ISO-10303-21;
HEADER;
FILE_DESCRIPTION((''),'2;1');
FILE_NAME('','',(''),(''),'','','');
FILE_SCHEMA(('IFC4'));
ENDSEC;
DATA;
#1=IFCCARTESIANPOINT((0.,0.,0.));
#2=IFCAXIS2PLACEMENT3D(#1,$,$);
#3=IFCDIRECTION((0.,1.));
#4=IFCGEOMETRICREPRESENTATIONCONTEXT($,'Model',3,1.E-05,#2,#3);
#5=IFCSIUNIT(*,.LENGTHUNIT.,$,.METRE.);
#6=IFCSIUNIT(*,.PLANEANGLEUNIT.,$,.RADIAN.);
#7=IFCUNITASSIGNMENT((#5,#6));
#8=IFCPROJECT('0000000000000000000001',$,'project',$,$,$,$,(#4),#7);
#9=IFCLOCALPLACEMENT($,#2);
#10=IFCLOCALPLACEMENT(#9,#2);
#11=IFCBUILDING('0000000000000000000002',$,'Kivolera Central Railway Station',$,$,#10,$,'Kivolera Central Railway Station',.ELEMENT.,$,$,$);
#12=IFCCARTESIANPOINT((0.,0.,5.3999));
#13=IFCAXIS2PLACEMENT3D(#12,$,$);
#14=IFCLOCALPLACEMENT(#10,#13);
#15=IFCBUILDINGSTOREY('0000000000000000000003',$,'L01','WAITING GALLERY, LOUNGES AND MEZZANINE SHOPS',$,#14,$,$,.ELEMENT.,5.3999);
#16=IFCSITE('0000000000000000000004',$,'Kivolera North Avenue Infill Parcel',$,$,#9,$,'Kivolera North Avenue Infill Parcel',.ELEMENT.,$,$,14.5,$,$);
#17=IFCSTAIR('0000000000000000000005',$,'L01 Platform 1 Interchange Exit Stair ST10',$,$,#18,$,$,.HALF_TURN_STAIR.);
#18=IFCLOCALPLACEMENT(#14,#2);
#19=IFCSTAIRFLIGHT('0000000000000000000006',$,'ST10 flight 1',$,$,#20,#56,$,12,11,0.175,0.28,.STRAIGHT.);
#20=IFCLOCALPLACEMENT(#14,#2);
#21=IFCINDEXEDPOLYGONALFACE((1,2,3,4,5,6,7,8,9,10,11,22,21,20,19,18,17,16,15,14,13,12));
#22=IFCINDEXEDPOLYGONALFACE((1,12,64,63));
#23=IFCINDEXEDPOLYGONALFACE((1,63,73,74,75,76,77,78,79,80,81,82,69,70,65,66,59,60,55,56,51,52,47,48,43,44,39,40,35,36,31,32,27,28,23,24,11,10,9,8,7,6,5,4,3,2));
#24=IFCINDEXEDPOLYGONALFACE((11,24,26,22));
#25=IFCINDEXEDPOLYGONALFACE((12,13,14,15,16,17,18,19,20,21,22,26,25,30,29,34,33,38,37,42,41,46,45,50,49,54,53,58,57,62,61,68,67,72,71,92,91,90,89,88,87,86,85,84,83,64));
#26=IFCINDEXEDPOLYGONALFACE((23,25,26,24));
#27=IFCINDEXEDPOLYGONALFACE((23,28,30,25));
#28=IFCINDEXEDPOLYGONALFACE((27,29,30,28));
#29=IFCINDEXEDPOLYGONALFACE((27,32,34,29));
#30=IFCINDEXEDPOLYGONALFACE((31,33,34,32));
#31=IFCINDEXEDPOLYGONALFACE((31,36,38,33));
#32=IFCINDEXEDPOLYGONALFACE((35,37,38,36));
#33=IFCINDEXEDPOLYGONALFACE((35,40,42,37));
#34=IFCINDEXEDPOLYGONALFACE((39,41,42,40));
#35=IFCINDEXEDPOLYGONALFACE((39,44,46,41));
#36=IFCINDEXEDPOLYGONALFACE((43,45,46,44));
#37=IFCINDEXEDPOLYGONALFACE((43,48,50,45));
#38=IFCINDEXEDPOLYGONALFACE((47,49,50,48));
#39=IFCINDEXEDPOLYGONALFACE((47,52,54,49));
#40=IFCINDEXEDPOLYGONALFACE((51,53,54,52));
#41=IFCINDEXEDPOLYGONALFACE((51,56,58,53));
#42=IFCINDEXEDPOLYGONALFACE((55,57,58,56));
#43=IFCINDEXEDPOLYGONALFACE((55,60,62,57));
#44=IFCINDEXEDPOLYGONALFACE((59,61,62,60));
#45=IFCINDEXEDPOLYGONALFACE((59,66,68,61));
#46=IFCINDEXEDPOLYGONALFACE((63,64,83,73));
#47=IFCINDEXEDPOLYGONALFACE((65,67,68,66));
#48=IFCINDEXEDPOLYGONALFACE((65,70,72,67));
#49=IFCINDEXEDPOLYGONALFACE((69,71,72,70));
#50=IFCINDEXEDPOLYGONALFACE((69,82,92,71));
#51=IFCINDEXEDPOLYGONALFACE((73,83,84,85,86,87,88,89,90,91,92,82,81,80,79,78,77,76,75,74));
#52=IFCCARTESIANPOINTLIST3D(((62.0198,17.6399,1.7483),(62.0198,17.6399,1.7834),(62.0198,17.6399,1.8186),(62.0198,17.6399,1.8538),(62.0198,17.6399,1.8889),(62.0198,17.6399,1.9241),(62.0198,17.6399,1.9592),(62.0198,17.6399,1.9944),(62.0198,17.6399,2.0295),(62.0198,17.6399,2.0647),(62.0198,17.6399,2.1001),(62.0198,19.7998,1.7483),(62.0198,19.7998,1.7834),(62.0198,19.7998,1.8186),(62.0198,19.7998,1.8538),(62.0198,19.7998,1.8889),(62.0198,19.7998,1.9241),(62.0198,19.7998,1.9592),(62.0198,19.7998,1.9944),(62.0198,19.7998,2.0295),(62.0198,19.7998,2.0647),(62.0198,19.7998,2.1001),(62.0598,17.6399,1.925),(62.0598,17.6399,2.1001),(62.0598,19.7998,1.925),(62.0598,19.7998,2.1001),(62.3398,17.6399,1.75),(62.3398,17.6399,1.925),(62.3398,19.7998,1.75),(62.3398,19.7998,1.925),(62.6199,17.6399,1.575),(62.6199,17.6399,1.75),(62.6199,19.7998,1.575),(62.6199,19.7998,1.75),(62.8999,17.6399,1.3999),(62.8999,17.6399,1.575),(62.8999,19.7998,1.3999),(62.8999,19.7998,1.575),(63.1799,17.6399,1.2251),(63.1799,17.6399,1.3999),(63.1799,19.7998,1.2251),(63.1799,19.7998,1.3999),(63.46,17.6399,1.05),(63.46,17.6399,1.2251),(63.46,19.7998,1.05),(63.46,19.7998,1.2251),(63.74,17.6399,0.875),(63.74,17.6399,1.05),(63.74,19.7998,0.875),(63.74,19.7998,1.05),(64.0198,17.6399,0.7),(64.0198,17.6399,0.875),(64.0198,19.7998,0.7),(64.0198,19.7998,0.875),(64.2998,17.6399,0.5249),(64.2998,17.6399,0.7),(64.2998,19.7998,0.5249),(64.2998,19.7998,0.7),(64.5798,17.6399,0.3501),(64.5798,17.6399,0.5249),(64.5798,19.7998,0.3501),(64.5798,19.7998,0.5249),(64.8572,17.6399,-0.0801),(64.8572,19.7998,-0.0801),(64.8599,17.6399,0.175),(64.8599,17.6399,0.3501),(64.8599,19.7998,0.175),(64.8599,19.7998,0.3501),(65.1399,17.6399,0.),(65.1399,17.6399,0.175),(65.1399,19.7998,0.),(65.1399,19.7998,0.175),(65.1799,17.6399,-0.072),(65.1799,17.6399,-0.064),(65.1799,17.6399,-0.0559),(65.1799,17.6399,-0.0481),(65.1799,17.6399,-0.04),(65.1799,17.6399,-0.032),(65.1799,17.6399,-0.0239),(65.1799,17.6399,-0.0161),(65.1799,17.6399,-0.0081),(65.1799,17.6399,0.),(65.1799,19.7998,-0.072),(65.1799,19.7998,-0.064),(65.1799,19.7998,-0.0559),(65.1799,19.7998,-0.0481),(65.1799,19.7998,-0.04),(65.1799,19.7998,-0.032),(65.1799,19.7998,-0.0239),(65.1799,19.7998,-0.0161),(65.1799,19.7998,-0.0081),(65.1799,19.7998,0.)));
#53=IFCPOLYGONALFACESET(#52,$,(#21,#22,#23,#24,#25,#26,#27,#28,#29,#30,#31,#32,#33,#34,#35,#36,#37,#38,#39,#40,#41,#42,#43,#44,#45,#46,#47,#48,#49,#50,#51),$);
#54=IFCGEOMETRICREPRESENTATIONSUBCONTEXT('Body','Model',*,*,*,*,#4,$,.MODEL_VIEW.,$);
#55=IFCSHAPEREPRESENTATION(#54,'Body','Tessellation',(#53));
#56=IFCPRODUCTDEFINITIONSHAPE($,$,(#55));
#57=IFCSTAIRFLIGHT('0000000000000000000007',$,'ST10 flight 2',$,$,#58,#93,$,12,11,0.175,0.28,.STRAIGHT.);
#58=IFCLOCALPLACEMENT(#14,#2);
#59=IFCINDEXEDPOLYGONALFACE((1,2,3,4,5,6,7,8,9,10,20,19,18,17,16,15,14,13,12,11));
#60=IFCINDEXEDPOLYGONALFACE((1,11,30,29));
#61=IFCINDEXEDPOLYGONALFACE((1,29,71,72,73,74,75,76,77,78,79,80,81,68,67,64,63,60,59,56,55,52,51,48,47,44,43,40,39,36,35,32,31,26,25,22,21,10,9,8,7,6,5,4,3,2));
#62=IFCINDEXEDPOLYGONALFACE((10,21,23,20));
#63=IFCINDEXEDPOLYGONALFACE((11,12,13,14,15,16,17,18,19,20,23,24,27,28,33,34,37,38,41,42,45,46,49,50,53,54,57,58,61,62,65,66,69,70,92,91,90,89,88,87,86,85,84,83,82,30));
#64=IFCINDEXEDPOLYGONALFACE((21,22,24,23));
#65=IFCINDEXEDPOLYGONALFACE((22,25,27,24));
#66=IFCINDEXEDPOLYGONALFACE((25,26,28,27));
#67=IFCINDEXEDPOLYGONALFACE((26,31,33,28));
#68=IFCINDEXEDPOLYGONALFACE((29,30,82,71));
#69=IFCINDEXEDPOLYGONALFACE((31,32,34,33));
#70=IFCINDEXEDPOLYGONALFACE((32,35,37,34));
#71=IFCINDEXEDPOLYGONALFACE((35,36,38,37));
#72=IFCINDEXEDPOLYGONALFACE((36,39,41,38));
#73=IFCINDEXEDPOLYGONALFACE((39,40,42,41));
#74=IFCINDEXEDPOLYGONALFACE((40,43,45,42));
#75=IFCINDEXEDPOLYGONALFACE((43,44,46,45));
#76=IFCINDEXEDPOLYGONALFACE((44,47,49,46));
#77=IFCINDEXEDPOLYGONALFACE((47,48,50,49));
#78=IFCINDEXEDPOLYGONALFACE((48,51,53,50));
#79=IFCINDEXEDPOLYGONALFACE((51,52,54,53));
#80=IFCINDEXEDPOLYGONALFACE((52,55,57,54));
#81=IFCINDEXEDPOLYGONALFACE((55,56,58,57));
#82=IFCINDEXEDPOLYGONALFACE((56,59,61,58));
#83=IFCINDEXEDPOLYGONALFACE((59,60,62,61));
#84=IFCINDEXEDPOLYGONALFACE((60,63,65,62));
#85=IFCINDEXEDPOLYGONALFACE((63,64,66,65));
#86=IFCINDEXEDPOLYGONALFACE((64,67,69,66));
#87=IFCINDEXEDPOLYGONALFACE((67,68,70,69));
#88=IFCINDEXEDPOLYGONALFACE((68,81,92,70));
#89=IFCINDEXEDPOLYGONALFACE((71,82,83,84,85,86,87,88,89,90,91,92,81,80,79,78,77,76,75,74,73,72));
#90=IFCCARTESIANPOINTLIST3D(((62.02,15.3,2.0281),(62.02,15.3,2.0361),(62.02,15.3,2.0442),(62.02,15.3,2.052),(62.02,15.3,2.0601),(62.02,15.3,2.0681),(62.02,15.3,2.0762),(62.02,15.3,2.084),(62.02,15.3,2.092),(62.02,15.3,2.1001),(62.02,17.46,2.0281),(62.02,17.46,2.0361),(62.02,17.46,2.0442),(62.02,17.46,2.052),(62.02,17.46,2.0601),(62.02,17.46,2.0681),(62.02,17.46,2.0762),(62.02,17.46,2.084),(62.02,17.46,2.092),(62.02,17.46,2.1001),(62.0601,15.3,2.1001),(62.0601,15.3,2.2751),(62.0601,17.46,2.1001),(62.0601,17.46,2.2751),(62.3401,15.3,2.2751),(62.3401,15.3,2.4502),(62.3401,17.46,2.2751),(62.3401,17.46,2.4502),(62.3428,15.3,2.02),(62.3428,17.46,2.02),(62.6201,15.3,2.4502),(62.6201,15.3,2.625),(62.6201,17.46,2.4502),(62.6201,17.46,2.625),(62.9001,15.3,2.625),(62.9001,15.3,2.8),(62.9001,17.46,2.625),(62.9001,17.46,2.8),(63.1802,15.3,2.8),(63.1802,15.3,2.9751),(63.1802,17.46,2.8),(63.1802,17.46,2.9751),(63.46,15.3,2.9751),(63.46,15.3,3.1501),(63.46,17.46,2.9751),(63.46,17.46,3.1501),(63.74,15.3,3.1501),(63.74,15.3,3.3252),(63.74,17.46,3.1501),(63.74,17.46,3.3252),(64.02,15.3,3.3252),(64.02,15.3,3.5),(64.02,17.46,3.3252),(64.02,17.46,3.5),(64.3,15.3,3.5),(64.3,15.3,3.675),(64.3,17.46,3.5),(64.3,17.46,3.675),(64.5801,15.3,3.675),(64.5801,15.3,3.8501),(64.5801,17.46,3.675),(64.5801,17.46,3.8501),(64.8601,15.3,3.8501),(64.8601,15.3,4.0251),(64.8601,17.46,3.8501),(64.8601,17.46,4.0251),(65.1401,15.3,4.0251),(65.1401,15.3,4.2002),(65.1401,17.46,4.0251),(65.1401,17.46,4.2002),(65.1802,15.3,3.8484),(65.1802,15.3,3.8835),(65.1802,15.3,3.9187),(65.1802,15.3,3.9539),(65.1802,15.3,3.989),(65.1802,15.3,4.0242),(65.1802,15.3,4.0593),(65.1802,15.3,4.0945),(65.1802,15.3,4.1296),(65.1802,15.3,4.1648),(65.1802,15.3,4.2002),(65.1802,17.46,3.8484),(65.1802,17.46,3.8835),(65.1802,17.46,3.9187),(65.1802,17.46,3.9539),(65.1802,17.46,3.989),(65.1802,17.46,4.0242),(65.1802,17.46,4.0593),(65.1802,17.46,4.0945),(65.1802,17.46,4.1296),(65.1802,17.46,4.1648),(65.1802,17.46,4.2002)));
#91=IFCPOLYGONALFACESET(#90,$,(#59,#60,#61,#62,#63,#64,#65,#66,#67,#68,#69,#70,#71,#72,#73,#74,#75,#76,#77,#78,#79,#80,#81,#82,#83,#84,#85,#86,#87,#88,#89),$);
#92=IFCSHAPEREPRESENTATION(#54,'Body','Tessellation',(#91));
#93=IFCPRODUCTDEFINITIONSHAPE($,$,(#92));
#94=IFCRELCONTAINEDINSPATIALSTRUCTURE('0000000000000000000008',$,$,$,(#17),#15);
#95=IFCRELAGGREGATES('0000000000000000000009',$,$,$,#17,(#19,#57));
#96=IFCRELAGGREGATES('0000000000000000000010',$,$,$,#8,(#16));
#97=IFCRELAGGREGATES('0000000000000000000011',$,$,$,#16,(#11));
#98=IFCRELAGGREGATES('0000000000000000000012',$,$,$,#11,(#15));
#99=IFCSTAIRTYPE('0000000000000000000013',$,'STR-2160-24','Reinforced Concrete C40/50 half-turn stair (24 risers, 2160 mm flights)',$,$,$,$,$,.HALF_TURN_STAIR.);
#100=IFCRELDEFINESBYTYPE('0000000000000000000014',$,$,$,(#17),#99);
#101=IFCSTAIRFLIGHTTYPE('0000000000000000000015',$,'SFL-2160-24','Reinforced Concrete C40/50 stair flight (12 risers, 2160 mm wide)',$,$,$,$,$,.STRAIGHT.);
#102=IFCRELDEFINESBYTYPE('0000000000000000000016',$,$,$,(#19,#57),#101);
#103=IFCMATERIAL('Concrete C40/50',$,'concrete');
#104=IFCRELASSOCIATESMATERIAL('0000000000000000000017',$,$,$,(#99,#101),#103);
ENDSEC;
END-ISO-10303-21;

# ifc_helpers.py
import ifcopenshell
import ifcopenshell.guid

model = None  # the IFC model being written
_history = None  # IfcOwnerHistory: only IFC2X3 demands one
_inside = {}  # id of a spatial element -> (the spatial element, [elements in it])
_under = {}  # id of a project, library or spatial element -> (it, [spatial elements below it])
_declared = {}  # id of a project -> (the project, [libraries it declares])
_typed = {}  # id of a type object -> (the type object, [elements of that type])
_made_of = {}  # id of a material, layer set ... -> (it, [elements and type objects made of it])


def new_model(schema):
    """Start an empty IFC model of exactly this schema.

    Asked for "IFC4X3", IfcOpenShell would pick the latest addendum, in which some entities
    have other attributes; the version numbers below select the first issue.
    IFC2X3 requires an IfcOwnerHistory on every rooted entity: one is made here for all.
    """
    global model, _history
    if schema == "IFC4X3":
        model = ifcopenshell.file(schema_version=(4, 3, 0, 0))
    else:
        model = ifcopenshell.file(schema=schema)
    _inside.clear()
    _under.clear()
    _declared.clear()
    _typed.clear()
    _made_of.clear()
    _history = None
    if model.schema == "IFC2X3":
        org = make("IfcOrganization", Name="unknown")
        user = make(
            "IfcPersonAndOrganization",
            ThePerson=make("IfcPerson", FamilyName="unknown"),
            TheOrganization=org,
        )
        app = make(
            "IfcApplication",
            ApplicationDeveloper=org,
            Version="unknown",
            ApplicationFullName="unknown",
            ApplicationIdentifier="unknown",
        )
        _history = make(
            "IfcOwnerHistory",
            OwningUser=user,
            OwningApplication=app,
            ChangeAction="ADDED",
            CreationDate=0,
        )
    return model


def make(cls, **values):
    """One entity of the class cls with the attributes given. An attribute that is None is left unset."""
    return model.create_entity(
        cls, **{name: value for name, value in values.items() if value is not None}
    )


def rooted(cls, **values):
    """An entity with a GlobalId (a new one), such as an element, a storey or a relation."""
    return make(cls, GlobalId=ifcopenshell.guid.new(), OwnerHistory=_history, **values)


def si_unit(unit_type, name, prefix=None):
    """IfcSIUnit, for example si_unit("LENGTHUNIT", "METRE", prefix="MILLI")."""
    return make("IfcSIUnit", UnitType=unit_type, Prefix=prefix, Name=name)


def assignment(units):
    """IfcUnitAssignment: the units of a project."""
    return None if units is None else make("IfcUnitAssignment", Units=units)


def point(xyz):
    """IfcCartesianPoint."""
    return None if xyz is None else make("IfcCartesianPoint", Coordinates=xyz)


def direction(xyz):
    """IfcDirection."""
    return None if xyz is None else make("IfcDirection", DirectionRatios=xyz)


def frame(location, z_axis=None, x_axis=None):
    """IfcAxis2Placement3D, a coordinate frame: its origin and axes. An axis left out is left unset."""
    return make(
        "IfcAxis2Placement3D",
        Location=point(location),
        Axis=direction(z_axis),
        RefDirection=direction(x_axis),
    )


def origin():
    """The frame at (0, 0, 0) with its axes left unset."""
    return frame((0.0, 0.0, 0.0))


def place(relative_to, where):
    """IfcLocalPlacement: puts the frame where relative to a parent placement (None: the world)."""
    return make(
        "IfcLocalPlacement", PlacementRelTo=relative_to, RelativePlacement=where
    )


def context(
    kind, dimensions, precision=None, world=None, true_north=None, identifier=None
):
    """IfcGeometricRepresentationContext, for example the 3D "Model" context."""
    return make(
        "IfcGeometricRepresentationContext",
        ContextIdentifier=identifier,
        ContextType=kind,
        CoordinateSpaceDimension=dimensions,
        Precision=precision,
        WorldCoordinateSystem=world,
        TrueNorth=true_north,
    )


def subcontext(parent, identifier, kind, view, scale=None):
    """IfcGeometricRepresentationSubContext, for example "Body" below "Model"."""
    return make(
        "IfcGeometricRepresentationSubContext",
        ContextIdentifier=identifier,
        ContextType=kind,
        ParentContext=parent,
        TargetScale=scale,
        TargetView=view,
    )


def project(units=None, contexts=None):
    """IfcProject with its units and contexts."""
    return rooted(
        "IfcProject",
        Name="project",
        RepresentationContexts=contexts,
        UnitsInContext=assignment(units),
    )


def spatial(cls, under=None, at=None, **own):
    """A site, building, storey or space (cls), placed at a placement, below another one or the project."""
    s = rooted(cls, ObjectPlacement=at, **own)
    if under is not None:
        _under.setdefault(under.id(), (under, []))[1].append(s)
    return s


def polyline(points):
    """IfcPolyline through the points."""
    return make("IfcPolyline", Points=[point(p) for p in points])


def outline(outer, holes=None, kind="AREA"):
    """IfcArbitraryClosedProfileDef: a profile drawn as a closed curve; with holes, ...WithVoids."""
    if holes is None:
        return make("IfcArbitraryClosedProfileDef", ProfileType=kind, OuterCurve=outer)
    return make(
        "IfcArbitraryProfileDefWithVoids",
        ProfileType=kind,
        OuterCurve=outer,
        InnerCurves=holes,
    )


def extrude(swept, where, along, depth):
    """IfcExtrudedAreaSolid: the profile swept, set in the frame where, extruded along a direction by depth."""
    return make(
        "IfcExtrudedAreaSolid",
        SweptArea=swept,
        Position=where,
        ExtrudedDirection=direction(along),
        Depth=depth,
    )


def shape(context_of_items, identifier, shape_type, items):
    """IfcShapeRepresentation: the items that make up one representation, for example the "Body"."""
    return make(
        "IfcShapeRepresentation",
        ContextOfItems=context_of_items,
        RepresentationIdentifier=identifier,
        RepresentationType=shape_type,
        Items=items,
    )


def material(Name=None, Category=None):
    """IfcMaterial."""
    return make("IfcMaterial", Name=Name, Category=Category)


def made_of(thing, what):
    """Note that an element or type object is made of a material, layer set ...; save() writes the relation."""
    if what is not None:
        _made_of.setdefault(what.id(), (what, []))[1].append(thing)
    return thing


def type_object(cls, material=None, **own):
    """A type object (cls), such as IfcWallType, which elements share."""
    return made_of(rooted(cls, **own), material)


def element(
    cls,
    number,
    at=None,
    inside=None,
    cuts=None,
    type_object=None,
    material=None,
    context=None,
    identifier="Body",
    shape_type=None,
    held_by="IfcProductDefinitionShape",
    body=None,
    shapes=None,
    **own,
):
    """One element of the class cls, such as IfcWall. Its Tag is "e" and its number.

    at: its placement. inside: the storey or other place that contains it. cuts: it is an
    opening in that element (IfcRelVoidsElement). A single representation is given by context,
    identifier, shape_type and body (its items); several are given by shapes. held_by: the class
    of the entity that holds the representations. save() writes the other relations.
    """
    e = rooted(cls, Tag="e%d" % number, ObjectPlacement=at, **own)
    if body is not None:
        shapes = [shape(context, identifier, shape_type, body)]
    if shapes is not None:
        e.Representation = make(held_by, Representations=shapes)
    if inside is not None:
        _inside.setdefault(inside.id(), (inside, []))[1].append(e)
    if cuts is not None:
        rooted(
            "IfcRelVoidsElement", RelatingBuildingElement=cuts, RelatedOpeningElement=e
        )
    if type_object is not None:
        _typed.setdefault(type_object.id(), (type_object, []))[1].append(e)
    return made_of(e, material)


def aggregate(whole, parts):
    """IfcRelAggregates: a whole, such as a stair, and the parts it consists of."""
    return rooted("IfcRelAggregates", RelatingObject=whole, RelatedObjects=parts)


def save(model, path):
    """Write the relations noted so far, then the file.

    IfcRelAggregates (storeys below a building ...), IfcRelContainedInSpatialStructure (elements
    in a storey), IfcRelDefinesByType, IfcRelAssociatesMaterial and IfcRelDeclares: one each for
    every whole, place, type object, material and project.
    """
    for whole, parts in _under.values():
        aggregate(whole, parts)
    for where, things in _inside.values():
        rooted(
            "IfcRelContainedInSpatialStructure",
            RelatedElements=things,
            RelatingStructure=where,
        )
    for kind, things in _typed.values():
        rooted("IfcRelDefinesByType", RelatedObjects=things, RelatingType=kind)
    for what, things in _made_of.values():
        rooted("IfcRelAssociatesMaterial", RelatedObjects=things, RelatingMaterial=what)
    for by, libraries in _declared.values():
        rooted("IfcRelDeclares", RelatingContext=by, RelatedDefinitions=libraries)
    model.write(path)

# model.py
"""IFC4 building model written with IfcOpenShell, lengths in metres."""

from ifc_helpers import new_model, si_unit, direction, frame, origin, place, context, subcontext, project, spatial, polyline, outline, extrude, material, type_object, element, aggregate, save


model = new_model("IFC4")

# Units and contexts
model_context = context("Model", 3, precision=1e-05, world=origin(), true_north=direction((0.0, 1.0)))
body_context = subcontext(model_context, "Body", "Model", "MODEL_VIEW")
ifc_project = project(units=[si_unit("LENGTHUNIT", "METRE"), si_unit("PLANEANGLEUNIT", "RADIAN")], contexts=[model_context])

# Site, building, storey
site_placement = place(None, origin())
site = spatial("IfcSite", under=ifc_project, at=site_placement, Name="Kivolera North Avenue Infill Parcel", LongName="Kivolera North Avenue Infill Parcel", CompositionType="ELEMENT", RefElevation=14.5)
building_placement = place(site_placement, origin())
building = spatial("IfcBuilding", under=site, at=building_placement, Name="Kivolera Central Railway Station", LongName="Kivolera Central Railway Station", CompositionType="ELEMENT")
storey_placement = place(building_placement, frame((0.0, 0.0, 5.3999)))
storey = spatial("IfcBuildingStorey", under=building, at=storey_placement, Name="L01", Description="WAITING GALLERY, LOUNGES AND MEZZANINE SHOPS", CompositionType="ELEMENT", Elevation=5.3999)

# Shared definitions
ifc_material_1 = material(Name="Concrete C40/50", Category="concrete")

# Stair, stair flights
stair_type = type_object("IfcStairType", Name="STR-2160-24", Description="Reinforced Concrete C40/50 half-turn stair (24 risers, 2160 mm flights)", PredefinedType="HALF_TURN_STAIR", material=ifc_material_1)
stair_placement = place(storey_placement, origin())
stair = element("IfcStair", 1, at=stair_placement, inside=storey, type_object=stair_type, Name="L01 Platform 1 Interchange Exit Stair ST10", PredefinedType="HALF_TURN_STAIR")
stair_flight_type = type_object("IfcStairFlightType", Name="SFL-2160-24", Description="Reinforced Concrete C40/50 stair flight (12 risers, 2160 mm wide)", PredefinedType="STRAIGHT", material=ifc_material_1)
stair_flight_1_placement = place(storey_placement, frame((65.1399, 18.72, 0.0), z_axis=(0.0, 0.0, 1.0), x_axis=(-1.0, 0.0, 0.0)))
stair_flight_1 = element("IfcStairFlight", 2, at=stair_flight_1_placement, type_object=stair_flight_type, Name="ST10 flight 1", NumberOfRisers=12, NumberOfTreads=11, PredefinedType="STRAIGHT", RiserHeight=0.175, TreadLength=0.28, context=body_context, shape_type="SweptSolid", body=[
    extrude(outline(polyline([(-0.04, 0.0), (0.0, 0.0), (0.0, 0.175), (0.28, 0.175), (0.28, 0.3501), (0.5601, 0.3501), (0.5601, 0.5249), (0.8401, 0.5249), (0.8401, 0.7), (1.1201, 0.7), (1.1201, 0.875), (1.3999, 0.875), (1.3999, 1.05), (1.6799, 1.05), (1.6799, 1.2251), (1.96, 1.2251), (1.96, 1.3999), (2.24, 1.3999), (2.24, 1.575), (2.52, 1.575), (2.52, 1.75), (2.8, 1.75), (2.8, 1.925), (3.0801, 1.925), (3.0801, 2.1001), (3.1201, 2.1001), (3.1201, 2.0647), (3.1201, 2.0295), (3.1201, 1.9944), (3.1201, 1.9592), (3.1201, 1.9241), (3.1201, 1.8889), (3.1201, 1.8538), (3.1201, 1.8186), (3.1201, 1.7834), (3.1201, 1.7483), (0.2827, -0.0801), (-0.04, -0.072), (-0.04, -0.064), (-0.04, -0.0559), (-0.04, -0.0481), (-0.04, -0.04), (-0.04, -0.032), (-0.04, -0.0239), (-0.04, -0.0161), (-0.04, -0.0081), (-0.04, 0.0)])), frame((0.0, 1.0801, 0.0), z_axis=(0.0, -1.0, 0.0), x_axis=(1.0, 0.0, 0.0)), (0.0, 0.0, 1.0), 2.1599),
])
stair_flight_2_placement = place(storey_placement, frame((62.0601, 16.3799, 2.1001), z_axis=(0.0, 0.0, 1.0), x_axis=(1.0, 0.0, 0.0)))
stair_flight_2 = element("IfcStairFlight", 3, at=stair_flight_2_placement, type_object=stair_flight_type, Name="ST10 flight 2", NumberOfRisers=12, NumberOfTreads=11, PredefinedType="STRAIGHT", RiserHeight=0.175, TreadLength=0.28, context=body_context, shape_type="SweptSolid", body=[
    extrude(outline(polyline([(-0.04, 0.0), (0.0, 0.0), (0.0, 0.175), (0.28, 0.175), (0.28, 0.3501), (0.5601, 0.3501), (0.5601, 0.5249), (0.8401, 0.5249), (0.8401, 0.7), (1.1201, 0.7), (1.1201, 0.875), (1.3999, 0.875), (1.3999, 1.05), (1.6799, 1.05), (1.6799, 1.2251), (1.96, 1.2251), (1.96, 1.3999), (2.24, 1.3999), (2.24, 1.575), (2.52, 1.575), (2.52, 1.75), (2.8, 1.75), (2.8, 1.925), (3.0801, 1.925), (3.0801, 2.1001), (3.1201, 2.1001), (3.1201, 2.0647), (3.1201, 2.0295), (3.1201, 1.9944), (3.1201, 1.9592), (3.1201, 1.9241), (3.1201, 1.8889), (3.1201, 1.8538), (3.1201, 1.8186), (3.1201, 1.7834), (3.1201, 1.7483), (0.2827, -0.0801), (-0.04, -0.072), (-0.04, -0.064), (-0.04, -0.0559), (-0.04, -0.0481), (-0.04, -0.04), (-0.04, -0.032), (-0.04, -0.0239), (-0.04, -0.0161), (-0.04, -0.0081), (-0.04, 0.0)])), frame((0.0, 1.0801, 0.0), z_axis=(0.0, -1.0, 0.0), x_axis=(1.0, 0.0, 0.0)), (0.0, 0.0, 1.0), 2.1599),
])
aggregate(stair, [stair_flight_1, stair_flight_2])

save(model, "model.ifc")
